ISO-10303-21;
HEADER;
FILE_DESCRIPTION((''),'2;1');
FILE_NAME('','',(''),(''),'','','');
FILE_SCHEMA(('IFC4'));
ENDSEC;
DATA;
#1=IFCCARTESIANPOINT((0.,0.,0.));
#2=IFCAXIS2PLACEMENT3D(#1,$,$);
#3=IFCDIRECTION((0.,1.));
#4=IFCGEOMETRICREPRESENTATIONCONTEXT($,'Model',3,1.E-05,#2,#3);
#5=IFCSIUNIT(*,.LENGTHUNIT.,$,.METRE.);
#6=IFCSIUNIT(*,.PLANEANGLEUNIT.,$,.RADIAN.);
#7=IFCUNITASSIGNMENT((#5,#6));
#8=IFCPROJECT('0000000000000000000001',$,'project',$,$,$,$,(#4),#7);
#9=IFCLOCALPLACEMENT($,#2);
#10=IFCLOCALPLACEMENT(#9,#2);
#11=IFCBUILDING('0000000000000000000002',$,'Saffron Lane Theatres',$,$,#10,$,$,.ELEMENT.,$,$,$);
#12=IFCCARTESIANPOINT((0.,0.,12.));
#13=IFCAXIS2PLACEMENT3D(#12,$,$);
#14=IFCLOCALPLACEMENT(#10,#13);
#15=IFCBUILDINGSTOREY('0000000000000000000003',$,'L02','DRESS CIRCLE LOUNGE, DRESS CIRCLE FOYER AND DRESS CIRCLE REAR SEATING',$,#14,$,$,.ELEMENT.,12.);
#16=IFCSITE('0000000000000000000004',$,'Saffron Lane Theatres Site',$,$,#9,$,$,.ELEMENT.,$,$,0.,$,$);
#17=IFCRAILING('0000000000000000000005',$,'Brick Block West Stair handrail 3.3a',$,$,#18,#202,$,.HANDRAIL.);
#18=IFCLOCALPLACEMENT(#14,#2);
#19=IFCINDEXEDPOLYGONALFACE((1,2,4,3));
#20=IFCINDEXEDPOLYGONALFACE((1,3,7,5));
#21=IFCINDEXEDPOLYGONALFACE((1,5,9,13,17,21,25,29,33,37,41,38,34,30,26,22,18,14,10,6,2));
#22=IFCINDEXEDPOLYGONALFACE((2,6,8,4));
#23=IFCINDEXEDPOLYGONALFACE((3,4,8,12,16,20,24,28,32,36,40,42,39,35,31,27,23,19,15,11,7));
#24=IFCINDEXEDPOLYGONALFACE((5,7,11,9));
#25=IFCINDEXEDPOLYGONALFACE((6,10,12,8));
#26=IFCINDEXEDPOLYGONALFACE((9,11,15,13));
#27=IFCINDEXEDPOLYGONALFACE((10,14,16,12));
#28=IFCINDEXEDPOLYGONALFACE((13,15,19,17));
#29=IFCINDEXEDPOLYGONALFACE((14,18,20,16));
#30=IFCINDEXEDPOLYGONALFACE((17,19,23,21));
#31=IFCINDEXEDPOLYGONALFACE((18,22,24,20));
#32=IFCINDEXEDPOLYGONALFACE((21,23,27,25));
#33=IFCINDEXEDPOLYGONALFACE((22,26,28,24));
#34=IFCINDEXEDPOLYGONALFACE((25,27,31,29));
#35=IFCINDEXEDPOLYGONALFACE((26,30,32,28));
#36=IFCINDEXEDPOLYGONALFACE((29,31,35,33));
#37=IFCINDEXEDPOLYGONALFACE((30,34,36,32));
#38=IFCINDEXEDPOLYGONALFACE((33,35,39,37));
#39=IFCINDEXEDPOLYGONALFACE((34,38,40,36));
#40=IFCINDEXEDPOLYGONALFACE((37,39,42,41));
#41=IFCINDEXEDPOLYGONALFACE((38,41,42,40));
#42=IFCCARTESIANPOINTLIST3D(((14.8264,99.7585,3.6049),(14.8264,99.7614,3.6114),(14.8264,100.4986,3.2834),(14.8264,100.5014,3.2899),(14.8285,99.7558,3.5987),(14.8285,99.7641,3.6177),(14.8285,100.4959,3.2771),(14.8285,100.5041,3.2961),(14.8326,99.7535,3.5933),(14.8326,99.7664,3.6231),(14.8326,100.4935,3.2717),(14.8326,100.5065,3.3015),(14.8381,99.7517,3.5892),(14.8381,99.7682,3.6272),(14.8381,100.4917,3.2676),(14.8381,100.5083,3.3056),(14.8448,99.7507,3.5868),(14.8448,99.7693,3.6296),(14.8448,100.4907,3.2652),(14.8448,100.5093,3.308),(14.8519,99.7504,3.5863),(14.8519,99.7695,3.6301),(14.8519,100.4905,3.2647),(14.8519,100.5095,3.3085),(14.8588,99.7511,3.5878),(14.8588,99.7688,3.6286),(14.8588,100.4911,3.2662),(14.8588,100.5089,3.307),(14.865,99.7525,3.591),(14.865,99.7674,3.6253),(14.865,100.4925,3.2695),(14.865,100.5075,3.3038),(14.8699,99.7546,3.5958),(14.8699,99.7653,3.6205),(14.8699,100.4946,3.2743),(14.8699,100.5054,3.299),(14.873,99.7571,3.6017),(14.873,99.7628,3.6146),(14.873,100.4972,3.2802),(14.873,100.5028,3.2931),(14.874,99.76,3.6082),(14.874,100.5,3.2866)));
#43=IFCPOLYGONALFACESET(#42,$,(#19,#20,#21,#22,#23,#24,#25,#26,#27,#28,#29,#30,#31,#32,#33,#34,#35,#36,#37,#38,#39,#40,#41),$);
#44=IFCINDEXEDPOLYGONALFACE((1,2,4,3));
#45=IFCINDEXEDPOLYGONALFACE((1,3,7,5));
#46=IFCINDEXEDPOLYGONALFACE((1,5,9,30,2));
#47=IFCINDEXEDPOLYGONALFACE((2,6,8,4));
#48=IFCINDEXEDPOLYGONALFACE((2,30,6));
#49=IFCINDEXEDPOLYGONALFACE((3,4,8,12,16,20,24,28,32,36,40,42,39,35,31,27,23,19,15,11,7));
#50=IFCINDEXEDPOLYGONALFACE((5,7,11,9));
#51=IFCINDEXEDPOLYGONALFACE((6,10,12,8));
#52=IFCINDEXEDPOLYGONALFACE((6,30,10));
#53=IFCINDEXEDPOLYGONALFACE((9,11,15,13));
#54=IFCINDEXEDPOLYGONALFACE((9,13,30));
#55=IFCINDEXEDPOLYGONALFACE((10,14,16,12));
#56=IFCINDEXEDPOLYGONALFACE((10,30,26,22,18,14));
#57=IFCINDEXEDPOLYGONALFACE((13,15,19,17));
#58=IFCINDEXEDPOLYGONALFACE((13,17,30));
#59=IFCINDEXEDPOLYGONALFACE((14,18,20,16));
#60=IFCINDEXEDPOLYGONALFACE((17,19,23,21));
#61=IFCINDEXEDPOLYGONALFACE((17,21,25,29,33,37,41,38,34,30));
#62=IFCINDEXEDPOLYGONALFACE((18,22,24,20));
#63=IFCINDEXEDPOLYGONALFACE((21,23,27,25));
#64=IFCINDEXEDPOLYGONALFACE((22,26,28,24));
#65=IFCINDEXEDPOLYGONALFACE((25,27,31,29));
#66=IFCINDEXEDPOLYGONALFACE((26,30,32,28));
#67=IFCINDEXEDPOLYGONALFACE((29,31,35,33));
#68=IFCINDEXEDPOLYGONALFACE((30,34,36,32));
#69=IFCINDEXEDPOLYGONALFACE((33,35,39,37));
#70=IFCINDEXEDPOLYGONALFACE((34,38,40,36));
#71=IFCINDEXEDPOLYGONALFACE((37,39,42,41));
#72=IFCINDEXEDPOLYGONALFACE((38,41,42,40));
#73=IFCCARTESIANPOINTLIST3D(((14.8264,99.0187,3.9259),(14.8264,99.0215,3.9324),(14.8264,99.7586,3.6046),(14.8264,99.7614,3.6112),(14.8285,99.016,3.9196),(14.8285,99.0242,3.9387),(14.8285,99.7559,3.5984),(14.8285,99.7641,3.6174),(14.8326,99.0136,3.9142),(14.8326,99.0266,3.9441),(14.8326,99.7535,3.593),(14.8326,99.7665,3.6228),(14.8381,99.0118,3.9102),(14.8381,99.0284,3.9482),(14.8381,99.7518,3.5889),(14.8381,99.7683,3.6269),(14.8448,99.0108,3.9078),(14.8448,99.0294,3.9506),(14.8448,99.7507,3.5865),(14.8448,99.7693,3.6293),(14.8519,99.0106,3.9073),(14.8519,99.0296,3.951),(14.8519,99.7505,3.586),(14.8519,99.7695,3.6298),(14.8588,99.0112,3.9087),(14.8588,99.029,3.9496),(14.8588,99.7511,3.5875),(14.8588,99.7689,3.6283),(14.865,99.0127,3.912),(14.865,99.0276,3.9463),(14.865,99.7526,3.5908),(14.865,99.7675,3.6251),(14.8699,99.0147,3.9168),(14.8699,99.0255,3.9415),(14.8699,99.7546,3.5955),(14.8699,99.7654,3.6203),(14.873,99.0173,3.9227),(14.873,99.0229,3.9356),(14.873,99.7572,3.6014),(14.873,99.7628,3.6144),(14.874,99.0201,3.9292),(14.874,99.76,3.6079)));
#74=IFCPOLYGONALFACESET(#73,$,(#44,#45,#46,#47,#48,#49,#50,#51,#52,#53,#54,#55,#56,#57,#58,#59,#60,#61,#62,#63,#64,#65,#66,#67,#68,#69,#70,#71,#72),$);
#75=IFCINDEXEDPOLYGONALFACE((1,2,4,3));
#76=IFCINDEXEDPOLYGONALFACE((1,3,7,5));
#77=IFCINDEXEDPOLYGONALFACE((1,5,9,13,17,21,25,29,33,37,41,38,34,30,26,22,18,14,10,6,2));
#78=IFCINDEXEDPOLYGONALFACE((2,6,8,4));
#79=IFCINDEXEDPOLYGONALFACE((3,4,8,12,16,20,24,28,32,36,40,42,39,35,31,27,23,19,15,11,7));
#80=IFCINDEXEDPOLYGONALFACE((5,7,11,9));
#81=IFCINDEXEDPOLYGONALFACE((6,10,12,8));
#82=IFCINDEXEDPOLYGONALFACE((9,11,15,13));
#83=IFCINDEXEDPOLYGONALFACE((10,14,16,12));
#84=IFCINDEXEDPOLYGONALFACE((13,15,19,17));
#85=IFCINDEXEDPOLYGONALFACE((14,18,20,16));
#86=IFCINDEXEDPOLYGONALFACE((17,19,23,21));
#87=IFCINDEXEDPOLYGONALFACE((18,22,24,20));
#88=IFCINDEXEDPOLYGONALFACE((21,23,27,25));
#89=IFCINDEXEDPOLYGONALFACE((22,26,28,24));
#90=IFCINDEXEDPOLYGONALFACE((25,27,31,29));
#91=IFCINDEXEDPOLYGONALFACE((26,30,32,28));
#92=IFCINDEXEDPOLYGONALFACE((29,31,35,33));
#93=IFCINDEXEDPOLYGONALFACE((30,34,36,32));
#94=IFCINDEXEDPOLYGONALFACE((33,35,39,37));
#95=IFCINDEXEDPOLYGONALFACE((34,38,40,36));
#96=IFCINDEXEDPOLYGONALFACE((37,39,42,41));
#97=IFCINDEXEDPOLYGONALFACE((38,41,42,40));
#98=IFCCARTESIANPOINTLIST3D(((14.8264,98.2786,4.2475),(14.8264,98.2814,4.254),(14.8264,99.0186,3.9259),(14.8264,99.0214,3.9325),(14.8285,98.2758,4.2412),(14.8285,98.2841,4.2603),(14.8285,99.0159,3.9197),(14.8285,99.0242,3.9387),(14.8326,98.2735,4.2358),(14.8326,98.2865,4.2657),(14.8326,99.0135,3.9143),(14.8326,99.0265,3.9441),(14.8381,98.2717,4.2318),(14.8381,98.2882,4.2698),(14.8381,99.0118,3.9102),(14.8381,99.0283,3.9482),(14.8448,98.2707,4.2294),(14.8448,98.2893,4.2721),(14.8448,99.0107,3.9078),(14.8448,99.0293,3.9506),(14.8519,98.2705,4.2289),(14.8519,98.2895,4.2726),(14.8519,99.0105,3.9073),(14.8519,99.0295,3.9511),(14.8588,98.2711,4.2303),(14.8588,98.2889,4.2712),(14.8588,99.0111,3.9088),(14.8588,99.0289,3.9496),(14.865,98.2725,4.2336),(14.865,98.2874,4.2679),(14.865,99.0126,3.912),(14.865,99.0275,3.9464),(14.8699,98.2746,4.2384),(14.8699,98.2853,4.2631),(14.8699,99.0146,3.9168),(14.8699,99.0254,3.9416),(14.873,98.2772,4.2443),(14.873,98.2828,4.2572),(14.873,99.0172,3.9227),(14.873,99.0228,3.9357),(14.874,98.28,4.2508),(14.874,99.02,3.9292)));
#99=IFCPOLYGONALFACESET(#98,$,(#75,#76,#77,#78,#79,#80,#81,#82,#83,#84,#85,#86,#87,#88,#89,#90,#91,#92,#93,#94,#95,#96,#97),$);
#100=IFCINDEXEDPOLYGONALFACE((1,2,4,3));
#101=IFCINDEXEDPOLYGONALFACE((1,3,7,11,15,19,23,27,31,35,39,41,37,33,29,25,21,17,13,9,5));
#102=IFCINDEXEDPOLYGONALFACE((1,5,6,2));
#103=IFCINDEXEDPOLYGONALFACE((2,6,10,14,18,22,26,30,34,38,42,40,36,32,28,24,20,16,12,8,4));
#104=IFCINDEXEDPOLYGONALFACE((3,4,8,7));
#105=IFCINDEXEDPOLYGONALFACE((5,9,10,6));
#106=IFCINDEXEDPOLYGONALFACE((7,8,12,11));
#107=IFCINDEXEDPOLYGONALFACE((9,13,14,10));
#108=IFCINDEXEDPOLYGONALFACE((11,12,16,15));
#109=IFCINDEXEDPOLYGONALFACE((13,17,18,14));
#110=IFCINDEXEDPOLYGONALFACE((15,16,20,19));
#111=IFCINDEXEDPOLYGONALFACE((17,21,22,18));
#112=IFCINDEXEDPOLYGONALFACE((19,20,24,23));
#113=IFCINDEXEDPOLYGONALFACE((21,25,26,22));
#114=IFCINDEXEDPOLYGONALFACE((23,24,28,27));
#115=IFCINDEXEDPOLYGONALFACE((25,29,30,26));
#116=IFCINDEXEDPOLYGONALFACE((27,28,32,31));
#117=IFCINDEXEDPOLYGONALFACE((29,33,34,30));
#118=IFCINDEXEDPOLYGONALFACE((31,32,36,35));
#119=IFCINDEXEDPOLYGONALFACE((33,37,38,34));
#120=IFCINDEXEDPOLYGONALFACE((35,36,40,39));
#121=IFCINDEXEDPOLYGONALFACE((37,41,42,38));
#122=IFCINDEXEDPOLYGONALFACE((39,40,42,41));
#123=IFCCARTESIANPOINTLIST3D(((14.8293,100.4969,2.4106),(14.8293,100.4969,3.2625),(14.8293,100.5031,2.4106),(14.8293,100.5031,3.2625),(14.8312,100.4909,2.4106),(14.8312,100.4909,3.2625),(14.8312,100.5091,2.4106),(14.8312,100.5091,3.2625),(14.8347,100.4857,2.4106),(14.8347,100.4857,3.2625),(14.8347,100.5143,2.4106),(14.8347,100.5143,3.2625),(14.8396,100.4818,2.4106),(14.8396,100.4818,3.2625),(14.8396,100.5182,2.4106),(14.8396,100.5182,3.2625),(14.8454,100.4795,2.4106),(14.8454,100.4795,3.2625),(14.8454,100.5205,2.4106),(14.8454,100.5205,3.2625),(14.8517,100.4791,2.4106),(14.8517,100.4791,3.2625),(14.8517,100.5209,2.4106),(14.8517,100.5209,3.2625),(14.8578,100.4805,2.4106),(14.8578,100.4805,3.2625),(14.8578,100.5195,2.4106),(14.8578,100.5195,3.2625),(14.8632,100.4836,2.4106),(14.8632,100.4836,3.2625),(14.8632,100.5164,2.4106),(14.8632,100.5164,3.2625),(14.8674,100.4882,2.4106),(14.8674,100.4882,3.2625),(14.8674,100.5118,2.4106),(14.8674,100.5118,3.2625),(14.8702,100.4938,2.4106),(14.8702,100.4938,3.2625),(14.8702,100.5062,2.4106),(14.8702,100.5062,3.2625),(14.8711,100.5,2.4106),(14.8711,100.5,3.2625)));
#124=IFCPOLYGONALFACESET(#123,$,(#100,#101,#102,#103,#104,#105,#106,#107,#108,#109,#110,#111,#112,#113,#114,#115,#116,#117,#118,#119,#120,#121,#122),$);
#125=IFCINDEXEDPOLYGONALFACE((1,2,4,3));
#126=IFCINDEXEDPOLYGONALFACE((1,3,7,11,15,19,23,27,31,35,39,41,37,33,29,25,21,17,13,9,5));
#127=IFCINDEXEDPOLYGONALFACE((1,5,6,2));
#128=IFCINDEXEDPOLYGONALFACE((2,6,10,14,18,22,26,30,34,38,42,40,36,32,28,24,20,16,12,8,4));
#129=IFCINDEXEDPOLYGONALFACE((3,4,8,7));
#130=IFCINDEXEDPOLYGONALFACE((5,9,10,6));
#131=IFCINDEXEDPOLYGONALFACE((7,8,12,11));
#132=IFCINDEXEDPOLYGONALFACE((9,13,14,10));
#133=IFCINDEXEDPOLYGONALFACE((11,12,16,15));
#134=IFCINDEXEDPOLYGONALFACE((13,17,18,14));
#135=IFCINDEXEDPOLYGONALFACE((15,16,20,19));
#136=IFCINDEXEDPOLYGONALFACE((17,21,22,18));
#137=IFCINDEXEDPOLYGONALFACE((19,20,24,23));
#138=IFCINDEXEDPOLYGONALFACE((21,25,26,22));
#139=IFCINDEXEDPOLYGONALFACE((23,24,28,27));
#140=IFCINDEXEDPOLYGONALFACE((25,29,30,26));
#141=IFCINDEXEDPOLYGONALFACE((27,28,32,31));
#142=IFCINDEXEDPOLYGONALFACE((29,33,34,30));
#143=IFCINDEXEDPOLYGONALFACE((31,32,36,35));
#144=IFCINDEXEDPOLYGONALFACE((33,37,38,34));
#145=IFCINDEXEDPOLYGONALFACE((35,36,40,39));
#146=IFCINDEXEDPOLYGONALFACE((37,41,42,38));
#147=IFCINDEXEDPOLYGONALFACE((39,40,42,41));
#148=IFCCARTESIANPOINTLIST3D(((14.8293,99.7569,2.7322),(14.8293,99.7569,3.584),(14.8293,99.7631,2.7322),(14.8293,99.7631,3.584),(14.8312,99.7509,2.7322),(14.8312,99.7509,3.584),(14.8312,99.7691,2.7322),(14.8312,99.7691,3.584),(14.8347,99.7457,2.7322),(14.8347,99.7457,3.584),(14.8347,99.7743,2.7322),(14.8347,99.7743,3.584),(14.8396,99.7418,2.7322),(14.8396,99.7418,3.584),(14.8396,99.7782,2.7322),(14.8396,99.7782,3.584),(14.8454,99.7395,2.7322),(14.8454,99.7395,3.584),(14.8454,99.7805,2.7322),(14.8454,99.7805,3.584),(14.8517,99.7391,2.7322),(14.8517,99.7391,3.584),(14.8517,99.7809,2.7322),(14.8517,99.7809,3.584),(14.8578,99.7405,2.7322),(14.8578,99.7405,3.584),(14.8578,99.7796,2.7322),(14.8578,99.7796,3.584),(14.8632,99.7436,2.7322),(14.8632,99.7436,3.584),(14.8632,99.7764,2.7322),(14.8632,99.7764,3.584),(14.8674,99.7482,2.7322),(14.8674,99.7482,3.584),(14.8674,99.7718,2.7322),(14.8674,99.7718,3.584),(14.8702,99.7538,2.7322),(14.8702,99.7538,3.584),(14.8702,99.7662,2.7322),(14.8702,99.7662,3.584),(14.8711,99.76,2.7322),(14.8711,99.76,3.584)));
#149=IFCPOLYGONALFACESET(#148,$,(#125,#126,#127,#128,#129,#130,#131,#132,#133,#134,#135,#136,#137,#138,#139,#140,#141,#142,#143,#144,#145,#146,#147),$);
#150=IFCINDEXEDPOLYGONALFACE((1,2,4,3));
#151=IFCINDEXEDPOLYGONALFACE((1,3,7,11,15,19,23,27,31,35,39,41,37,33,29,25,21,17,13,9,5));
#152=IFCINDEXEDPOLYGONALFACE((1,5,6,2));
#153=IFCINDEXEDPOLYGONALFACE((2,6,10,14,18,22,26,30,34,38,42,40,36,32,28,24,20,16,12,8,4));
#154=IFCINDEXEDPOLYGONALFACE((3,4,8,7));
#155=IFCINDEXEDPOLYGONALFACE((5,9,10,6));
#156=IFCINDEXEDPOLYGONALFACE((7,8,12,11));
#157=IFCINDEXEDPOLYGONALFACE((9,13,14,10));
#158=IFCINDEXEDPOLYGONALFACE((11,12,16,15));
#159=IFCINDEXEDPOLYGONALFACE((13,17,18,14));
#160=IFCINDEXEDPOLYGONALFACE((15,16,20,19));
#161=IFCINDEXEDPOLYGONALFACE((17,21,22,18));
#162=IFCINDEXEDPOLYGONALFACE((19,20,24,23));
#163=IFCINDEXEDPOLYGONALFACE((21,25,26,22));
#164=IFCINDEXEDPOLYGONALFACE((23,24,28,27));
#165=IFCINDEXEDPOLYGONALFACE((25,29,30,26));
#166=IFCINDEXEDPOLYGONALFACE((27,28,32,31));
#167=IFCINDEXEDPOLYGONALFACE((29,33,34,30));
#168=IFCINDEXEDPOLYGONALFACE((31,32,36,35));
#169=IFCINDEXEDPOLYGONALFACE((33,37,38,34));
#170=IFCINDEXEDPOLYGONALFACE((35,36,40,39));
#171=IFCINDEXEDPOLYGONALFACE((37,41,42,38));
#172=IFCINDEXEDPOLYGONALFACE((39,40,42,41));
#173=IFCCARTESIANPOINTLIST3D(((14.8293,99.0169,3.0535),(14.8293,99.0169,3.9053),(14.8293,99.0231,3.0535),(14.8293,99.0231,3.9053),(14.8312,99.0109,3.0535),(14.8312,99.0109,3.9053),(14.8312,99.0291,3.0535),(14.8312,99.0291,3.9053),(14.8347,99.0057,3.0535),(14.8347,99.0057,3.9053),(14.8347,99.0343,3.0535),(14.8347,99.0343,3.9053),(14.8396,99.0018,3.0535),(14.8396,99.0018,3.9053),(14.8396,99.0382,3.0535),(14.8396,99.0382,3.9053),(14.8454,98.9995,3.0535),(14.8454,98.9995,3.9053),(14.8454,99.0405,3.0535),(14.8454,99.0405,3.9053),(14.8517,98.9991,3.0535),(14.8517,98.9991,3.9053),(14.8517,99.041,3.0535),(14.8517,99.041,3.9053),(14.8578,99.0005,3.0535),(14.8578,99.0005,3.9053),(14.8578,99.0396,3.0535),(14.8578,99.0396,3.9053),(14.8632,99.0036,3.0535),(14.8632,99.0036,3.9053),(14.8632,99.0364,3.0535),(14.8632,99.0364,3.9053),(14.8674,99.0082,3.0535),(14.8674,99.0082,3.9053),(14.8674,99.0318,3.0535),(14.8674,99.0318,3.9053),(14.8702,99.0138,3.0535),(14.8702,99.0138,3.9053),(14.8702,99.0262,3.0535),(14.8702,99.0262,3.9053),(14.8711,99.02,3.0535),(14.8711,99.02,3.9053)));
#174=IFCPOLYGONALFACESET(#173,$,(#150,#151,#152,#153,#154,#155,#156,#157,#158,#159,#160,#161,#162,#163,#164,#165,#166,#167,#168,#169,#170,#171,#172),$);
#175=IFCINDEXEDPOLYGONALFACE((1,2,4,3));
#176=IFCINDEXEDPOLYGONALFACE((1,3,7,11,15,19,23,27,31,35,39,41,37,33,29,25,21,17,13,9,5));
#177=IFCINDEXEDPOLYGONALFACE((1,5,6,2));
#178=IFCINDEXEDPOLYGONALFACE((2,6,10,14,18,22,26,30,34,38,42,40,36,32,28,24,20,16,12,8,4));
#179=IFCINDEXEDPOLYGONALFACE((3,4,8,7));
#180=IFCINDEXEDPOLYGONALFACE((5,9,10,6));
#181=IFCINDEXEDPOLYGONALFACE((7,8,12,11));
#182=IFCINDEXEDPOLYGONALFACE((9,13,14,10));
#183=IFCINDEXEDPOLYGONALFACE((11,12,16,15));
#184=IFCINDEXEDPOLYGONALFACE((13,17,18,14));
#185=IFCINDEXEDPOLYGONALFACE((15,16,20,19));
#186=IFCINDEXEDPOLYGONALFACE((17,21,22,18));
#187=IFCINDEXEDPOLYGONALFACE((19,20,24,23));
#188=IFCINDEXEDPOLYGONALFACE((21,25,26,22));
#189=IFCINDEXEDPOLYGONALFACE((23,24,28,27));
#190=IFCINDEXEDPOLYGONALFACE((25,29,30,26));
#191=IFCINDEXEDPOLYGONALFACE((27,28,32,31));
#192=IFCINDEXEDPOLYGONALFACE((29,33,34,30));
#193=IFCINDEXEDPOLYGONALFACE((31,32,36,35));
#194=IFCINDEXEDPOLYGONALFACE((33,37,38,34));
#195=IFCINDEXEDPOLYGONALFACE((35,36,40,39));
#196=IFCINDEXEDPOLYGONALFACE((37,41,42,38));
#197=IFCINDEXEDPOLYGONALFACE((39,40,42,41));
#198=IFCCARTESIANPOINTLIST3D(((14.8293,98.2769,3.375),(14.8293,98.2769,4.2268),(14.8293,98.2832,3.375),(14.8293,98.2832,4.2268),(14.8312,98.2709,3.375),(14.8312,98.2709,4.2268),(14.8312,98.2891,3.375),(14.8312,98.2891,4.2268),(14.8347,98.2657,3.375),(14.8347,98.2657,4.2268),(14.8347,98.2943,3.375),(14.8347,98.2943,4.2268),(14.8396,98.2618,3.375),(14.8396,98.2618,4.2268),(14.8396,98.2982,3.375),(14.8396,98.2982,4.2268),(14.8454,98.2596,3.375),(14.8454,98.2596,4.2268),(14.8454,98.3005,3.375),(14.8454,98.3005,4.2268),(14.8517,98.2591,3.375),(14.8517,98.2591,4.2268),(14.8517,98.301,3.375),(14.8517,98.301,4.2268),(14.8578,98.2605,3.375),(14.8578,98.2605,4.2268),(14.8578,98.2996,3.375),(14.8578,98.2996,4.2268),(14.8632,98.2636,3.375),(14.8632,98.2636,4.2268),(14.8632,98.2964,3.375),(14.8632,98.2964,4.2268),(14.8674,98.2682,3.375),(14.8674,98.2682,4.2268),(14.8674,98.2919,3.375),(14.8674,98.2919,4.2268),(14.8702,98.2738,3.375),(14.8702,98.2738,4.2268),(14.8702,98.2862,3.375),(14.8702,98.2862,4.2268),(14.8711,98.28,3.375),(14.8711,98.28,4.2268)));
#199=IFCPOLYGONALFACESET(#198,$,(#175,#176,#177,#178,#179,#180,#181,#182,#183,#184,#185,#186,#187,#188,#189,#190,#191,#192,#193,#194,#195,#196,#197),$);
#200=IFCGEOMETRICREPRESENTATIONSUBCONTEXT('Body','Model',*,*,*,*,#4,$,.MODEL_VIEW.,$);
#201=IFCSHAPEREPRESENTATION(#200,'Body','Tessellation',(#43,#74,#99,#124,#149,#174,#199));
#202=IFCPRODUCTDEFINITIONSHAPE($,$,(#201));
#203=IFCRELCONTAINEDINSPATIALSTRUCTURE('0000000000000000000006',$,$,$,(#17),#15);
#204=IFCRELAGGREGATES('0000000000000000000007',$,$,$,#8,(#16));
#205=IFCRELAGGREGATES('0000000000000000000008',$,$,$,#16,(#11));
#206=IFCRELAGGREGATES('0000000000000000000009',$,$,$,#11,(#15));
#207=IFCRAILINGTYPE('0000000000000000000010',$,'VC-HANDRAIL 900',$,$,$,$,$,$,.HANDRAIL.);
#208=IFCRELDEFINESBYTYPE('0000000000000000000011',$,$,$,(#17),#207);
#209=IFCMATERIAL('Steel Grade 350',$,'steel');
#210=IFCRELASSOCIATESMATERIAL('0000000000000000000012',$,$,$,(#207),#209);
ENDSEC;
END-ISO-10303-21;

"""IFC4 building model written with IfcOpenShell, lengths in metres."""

from ifc_helpers import new_model, si_unit, direction, frame, origin, origin_2d, place, context, subcontext, project, spatial, circle, extrude, material, type_object, element, save


model = new_model("IFC4")

# Units and contexts
model_context = context("Model", 3, precision=1e-05, world=origin(), true_north=direction((0.0, 1.0)))
body_context = subcontext(model_context, "Body", "Model", "MODEL_VIEW")
ifc_project = project(units=[si_unit("LENGTHUNIT", "METRE"), si_unit("PLANEANGLEUNIT", "RADIAN")], contexts=[model_context])

# Site, building, storey
site_placement = place(None, origin())
site = spatial("IfcSite", under=ifc_project, at=site_placement, Name="Saffron Lane Theatres Site", CompositionType="ELEMENT", RefElevation=0.0)
building_placement = place(site_placement, origin())
building = spatial("IfcBuilding", under=site, at=building_placement, Name="Saffron Lane Theatres", CompositionType="ELEMENT")
storey_placement = place(building_placement, frame((0.0, 0.0, 12.0)))
storey = spatial("IfcBuildingStorey", under=building, at=storey_placement, Name="L02", Description="DRESS CIRCLE LOUNGE, DRESS CIRCLE FOYER AND DRESS CIRCLE REAR SEATING", CompositionType="ELEMENT", Elevation=12.0)

# Railing
ifc_material_1 = material(Name="Steel Grade 350", Category="steel")
railing_type_1 = type_object("IfcRailingType", Name="VC-HANDRAIL 900", PredefinedType="HANDRAIL", material=ifc_material_1)
for number, where, name in (
    (1, (14.8501, 100.5, 2.4106), "Brick Block West Stair handrail 3.3a"),
):
    element("IfcRailing", number, at=place(storey_placement, frame(where)), inside=storey, type_object=railing_type_1, Name=name, PredefinedType="HANDRAIL", context=body_context, shape_type="SweptSolid", body=[
        extrude(circle(Radius=0.0239, at=origin_2d()), frame((0.0, 0.0, 0.876), z_axis=(0.0, -0.917161, 0.398516), x_axis=(1.0, 0.0, 0.0)), (0.0, 0.0, 1.0), 0.8069),
        extrude(circle(Radius=0.0239, at=origin_2d()), frame((0.0, -0.74, 1.1973), z_axis=(0.0, -0.917272, 0.398261), x_axis=(1.0, 0.0, 0.0)), (0.0, 0.0, 1.0), 0.8066),
        extrude(circle(Radius=0.0239, at=origin_2d()), frame((0.0, -1.48, 1.5186), z_axis=(0.0, -0.917161, 0.398516), x_axis=(1.0, 0.0, 0.0)), (0.0, 0.0, 1.0), 0.8069),
        extrude(circle(Radius=0.021, at=origin_2d()), origin(), (0.0, 0.0, 1.0), 0.8518),
        extrude(circle(Radius=0.021, at=origin_2d()), frame((0.0, -0.74, 0.3215)), (0.0, 0.0, 1.0), 0.8518),
        extrude(circle(Radius=0.021, at=origin_2d()), frame((0.0, -1.48, 0.6428)), (0.0, 0.0, 1.0), 0.8518),
        extrude(circle(Radius=0.021, at=origin_2d()), frame((0.0, -2.22, 0.9644)), (0.0, 0.0, 1.0), 0.8518),
    ])

save(model, "model.ifc")
